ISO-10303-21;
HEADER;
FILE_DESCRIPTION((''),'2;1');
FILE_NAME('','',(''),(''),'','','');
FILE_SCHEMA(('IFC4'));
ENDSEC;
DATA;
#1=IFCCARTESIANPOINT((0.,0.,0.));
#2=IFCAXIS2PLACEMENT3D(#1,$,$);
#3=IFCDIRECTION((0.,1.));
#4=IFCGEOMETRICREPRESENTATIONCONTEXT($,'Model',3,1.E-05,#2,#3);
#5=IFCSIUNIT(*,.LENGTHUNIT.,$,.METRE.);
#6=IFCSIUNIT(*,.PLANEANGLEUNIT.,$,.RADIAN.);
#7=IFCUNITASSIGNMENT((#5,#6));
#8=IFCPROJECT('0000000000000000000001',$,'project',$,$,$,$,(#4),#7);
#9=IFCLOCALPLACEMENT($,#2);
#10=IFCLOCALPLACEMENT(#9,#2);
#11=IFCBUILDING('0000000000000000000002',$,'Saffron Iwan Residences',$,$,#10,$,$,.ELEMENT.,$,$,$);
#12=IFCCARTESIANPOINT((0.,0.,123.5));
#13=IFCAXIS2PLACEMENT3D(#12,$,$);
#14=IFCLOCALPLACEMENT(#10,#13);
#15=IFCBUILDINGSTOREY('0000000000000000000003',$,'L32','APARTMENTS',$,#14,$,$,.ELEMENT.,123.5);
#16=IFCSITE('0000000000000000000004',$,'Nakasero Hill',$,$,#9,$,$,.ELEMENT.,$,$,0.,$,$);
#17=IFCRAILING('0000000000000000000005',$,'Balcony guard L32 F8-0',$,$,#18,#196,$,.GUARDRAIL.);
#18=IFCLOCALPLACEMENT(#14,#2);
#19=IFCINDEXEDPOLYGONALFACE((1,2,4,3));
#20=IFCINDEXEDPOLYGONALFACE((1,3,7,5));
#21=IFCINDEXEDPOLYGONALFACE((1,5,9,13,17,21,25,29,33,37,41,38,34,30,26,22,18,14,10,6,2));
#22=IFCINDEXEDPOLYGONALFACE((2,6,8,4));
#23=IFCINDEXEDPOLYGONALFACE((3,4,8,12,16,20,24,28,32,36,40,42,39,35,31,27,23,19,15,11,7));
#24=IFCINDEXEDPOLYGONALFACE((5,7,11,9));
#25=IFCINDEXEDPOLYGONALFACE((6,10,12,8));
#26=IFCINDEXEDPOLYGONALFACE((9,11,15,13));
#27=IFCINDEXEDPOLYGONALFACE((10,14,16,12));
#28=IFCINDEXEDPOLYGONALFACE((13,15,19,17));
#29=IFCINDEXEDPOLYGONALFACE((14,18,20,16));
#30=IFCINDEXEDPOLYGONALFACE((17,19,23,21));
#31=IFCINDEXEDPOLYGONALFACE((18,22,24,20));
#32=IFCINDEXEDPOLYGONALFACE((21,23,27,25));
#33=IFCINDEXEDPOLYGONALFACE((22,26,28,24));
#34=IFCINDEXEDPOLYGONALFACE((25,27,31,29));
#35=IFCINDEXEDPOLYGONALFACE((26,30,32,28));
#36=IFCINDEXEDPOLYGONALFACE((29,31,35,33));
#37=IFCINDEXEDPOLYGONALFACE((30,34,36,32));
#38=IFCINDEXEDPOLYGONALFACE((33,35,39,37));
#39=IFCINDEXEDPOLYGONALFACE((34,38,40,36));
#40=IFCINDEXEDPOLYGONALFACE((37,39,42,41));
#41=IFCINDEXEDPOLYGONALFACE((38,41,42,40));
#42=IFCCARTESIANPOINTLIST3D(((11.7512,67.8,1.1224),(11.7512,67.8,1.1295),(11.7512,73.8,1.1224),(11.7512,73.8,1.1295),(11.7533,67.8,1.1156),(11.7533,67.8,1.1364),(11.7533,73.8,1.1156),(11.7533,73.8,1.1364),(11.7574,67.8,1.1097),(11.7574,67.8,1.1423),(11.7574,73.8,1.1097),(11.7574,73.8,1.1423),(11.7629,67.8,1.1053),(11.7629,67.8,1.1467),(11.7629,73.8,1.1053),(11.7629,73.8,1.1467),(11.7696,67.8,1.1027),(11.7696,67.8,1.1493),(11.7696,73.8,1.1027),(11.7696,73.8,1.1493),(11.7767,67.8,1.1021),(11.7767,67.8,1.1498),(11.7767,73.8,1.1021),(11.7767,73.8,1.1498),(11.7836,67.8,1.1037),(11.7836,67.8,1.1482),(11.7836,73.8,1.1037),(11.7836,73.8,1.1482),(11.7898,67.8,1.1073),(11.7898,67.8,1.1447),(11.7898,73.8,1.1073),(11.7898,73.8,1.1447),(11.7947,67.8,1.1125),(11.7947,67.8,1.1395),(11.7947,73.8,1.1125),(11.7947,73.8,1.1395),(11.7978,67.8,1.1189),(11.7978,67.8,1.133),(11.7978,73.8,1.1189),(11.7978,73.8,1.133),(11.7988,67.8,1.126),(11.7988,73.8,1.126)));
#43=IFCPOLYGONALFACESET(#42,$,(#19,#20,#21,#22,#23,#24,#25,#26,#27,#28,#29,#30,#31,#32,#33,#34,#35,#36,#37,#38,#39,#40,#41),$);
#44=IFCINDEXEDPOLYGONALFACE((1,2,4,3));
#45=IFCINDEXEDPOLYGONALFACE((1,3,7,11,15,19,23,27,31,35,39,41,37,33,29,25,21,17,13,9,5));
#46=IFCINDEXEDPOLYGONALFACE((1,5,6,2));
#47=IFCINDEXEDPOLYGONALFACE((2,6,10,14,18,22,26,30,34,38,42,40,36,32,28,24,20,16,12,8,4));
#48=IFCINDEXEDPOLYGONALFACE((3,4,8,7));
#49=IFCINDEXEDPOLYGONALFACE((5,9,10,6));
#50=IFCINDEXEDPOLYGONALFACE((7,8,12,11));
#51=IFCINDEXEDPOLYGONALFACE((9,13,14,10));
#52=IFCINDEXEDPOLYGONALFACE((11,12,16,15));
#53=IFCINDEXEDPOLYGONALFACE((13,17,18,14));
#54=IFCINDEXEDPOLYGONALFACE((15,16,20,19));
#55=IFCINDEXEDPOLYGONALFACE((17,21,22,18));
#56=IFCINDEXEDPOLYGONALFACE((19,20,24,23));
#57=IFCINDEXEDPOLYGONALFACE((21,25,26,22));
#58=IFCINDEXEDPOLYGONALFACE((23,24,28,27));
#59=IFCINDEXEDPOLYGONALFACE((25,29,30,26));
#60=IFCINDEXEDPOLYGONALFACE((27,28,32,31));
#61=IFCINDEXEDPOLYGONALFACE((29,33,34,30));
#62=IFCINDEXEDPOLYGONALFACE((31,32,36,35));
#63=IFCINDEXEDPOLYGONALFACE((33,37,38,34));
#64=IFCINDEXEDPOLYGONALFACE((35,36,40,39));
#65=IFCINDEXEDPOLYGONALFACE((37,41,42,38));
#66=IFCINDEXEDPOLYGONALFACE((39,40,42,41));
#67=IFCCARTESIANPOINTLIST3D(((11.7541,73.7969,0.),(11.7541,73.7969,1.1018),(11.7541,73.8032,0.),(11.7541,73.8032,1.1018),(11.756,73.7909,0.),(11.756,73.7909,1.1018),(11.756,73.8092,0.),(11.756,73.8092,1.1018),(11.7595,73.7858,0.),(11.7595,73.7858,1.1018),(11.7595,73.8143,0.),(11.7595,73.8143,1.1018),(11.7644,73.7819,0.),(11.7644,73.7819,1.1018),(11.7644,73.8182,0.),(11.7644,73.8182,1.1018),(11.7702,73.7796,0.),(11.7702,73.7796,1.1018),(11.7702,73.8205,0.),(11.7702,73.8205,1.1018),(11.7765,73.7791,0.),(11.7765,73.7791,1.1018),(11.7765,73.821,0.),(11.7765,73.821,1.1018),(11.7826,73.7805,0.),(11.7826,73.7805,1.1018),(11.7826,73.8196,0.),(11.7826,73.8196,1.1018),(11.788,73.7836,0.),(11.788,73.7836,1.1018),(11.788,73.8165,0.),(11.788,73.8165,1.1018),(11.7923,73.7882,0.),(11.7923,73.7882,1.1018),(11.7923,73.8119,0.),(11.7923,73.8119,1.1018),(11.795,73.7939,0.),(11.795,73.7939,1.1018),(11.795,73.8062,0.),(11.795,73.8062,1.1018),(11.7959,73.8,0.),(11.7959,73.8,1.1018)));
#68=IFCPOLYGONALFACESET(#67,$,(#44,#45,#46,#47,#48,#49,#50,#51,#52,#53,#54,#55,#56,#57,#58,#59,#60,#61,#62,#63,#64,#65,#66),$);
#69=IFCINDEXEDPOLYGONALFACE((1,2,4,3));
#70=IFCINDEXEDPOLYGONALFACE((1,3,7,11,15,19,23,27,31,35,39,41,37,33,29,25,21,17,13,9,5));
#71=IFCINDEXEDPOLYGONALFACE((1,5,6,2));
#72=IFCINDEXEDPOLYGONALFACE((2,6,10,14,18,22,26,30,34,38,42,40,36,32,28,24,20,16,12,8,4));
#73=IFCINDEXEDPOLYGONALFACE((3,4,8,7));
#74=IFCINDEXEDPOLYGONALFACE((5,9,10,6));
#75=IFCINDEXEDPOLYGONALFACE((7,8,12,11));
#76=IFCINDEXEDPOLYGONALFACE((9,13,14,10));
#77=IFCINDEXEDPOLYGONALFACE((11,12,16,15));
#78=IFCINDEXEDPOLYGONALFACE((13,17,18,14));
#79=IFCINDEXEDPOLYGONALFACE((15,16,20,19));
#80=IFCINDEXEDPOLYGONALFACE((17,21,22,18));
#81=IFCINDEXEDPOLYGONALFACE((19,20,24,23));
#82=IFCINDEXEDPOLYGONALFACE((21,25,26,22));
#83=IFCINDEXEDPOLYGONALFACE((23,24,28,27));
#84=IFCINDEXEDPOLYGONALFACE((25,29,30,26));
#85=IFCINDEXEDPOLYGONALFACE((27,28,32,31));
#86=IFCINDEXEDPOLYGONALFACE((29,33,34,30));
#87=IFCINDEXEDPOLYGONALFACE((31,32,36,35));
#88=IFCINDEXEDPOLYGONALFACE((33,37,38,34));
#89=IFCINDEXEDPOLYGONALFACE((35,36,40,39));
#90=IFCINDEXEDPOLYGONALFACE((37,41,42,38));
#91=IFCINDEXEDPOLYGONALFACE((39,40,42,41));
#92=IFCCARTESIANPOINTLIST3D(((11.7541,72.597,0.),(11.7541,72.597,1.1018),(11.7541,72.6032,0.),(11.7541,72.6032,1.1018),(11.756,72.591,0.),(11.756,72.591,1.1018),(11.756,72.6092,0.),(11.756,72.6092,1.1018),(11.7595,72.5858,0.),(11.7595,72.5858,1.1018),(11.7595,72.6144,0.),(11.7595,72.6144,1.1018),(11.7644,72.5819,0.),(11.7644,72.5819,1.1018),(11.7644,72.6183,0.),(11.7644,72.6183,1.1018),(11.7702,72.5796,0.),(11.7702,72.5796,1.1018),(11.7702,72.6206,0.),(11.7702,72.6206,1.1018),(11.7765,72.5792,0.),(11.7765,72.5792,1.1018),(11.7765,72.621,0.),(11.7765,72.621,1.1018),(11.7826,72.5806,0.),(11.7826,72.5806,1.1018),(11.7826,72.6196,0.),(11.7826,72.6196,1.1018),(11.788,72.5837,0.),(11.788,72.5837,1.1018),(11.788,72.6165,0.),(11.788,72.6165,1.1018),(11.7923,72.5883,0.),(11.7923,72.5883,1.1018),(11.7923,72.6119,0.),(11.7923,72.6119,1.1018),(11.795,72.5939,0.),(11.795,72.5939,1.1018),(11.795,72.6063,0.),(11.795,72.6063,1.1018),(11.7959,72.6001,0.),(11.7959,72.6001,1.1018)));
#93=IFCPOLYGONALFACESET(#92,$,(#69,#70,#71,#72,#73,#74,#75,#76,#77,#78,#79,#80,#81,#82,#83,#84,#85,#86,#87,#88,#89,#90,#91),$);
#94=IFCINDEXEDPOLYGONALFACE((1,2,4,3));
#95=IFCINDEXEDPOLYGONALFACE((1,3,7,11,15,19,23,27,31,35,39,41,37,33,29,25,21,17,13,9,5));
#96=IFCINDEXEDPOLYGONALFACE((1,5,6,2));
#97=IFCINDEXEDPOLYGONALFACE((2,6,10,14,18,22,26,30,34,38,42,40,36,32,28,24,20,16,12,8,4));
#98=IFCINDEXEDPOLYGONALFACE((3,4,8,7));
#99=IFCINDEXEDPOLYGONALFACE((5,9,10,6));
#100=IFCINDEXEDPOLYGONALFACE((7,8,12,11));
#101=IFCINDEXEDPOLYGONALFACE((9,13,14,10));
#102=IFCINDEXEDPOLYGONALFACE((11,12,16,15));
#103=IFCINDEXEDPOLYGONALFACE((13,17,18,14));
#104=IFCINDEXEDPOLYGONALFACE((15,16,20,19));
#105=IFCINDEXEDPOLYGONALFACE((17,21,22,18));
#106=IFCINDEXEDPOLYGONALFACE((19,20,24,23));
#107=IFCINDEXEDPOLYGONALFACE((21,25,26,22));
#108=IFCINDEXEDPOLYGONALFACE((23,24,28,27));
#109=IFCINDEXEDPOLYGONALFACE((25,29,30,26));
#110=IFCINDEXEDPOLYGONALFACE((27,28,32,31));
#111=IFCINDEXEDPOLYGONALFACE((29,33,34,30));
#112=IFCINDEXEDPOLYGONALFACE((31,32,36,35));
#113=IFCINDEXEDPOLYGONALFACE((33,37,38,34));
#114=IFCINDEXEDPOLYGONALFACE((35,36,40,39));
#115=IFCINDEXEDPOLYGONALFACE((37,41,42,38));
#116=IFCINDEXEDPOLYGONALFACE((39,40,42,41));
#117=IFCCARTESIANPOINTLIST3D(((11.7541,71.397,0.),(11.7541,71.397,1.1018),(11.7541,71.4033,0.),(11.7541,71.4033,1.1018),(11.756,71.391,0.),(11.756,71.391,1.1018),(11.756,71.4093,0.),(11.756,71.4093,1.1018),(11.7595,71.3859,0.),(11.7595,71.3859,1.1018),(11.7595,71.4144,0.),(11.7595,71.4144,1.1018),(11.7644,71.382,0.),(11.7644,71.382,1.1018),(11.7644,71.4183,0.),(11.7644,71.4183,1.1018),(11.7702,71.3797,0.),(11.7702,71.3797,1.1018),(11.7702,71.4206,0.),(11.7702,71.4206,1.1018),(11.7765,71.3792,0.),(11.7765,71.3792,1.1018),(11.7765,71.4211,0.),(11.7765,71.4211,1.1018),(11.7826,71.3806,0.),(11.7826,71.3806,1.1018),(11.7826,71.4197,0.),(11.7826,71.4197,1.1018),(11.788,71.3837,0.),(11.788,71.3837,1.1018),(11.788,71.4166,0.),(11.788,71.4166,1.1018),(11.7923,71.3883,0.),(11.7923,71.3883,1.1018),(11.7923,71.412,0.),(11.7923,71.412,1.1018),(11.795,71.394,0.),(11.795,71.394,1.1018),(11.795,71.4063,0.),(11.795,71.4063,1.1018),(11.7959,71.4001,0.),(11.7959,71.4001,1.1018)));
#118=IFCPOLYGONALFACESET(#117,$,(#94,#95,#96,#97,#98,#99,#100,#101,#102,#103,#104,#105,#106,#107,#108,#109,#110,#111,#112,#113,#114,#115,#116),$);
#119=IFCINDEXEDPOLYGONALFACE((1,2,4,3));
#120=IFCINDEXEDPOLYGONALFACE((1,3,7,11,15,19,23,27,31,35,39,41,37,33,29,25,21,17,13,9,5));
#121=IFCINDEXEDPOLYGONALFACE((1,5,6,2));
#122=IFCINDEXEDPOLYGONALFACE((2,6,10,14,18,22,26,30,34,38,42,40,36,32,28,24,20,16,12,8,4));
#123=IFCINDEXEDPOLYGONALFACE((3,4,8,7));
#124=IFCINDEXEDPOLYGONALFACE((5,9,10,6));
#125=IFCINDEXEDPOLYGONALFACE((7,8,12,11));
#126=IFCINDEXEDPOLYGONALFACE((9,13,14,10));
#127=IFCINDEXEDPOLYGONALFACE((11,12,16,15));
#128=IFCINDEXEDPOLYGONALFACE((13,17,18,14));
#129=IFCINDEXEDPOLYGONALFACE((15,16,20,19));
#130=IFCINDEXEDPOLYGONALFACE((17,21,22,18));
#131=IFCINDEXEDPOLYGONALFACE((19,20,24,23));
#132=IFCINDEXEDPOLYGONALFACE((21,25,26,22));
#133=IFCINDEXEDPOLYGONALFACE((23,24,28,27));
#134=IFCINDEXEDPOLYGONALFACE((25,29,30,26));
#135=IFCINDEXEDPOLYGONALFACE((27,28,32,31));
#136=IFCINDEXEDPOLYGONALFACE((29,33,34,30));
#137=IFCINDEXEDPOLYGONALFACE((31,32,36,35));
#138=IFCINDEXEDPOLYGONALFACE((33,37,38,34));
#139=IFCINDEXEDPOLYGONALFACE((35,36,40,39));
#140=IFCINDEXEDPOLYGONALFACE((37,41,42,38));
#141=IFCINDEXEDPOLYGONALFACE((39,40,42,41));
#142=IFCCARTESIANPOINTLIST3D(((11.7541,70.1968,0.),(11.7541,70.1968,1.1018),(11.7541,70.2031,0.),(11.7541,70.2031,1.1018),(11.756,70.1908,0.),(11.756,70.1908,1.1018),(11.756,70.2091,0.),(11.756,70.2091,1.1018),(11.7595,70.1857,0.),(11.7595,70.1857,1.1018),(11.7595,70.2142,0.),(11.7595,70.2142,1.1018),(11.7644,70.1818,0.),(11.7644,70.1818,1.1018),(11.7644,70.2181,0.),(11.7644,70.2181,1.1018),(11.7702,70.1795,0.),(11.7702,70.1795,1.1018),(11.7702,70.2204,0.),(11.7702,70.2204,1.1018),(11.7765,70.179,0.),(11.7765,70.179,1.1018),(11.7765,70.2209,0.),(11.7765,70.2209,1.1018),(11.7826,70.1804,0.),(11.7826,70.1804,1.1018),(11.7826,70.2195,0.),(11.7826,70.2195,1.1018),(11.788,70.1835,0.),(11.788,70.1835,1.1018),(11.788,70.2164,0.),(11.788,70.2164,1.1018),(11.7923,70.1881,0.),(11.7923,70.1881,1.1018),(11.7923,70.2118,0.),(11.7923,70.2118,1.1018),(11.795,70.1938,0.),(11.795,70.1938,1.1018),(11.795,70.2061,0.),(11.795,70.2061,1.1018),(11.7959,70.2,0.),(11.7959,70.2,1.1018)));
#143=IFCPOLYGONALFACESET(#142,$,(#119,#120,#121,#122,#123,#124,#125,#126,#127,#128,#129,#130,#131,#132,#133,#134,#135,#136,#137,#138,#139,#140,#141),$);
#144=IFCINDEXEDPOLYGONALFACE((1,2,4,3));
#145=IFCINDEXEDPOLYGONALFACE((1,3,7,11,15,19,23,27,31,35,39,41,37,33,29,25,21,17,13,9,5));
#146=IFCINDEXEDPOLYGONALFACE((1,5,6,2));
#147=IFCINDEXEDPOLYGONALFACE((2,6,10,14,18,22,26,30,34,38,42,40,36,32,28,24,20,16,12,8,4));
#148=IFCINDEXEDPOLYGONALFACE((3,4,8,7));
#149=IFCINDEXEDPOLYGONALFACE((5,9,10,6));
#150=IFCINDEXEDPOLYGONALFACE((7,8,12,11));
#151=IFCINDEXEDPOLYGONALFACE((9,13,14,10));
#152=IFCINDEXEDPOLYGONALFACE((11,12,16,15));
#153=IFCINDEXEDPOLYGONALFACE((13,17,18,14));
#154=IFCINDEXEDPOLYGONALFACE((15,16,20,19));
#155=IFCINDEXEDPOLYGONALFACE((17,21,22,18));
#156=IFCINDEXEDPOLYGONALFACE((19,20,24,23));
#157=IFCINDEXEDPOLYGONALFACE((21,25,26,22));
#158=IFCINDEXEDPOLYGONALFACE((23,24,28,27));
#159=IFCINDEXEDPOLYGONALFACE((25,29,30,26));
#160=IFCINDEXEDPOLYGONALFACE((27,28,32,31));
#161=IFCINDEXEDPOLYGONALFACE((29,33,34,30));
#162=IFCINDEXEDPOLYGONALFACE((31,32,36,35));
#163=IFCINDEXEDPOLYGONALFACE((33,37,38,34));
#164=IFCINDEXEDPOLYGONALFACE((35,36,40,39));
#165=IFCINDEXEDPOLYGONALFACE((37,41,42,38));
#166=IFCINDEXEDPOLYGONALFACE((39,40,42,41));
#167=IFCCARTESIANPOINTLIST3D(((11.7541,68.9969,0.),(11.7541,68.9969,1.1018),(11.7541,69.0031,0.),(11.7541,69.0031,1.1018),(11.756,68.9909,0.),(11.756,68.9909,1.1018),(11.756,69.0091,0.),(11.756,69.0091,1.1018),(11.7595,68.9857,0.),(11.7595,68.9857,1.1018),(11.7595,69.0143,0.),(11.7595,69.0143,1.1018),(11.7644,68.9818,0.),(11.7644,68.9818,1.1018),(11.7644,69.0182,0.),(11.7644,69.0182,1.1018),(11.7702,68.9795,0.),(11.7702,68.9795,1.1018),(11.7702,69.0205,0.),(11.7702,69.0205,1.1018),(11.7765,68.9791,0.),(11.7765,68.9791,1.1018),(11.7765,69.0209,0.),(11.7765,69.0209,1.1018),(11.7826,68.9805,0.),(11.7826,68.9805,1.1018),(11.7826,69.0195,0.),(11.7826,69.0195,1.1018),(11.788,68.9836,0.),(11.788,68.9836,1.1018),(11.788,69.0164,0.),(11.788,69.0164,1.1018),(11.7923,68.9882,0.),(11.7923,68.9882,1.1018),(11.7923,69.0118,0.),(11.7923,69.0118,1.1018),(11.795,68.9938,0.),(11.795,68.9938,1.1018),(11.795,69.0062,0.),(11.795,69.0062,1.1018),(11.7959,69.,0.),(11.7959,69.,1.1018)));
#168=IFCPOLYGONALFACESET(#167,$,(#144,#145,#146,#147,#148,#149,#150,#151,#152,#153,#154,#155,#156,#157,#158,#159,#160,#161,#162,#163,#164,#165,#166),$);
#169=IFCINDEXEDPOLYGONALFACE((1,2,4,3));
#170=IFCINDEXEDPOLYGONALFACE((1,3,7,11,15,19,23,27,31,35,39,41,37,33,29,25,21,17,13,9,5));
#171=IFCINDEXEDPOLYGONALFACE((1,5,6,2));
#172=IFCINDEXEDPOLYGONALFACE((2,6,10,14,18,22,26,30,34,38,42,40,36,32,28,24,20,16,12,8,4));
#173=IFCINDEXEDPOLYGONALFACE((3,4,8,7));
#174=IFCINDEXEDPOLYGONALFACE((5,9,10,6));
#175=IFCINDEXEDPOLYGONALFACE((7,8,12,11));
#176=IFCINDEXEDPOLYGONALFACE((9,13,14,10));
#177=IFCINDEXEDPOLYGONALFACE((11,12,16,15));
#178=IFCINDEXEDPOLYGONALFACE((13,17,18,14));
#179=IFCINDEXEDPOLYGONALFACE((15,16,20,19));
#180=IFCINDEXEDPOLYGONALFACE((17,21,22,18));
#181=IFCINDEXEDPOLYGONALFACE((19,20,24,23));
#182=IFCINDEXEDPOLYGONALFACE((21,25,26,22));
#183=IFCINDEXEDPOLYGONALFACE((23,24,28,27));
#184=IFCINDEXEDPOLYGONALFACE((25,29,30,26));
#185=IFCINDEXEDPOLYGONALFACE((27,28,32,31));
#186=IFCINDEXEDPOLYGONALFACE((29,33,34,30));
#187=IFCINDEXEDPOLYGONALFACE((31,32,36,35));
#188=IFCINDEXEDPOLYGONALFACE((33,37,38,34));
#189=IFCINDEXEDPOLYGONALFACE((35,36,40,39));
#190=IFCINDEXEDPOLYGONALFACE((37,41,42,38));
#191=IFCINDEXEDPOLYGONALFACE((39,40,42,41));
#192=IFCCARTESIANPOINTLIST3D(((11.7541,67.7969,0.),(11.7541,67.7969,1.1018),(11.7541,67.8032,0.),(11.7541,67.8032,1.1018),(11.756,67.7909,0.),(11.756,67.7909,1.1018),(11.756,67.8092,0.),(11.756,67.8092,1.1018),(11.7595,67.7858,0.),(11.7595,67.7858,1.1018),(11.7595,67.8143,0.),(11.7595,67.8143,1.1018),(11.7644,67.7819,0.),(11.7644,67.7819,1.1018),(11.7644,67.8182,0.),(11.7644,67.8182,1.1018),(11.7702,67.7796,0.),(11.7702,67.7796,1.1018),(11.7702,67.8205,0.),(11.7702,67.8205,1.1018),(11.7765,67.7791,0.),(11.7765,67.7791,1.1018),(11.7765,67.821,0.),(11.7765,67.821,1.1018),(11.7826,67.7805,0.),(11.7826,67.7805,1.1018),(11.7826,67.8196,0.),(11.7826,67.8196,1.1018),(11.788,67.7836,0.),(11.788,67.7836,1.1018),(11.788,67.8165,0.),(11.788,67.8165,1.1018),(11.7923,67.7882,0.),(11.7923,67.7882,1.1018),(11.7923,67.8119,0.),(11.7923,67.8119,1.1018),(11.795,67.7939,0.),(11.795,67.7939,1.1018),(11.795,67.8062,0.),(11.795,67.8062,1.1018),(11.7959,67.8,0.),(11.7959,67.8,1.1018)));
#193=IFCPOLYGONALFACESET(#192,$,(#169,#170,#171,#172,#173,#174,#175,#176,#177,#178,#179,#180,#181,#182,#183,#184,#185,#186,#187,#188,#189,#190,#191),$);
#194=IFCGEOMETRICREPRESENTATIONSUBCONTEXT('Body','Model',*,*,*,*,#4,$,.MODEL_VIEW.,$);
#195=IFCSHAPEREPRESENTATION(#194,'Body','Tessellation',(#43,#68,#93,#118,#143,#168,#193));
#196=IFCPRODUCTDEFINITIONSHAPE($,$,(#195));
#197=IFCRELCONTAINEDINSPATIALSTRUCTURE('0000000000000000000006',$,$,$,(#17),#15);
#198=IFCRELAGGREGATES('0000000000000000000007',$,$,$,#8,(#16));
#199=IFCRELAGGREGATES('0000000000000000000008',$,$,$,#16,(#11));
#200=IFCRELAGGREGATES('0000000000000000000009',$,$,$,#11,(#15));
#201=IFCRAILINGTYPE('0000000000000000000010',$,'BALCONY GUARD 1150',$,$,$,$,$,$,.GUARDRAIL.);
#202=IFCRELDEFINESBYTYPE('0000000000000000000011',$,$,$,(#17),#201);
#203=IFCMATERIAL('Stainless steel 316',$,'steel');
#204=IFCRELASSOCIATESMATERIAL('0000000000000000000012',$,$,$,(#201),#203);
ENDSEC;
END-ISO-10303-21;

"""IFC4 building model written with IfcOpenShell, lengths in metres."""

from ifc_helpers import new_model, si_unit, direction, frame, origin, origin_2d, place, context, subcontext, project, spatial, circle, extrude, material, type_object, element, save


model = new_model("IFC4")

# Units and contexts
model_context = context("Model", 3, precision=1e-05, world=origin(), true_north=direction((0.0, 1.0)))
body_context = subcontext(model_context, "Body", "Model", "MODEL_VIEW")
ifc_project = project(units=[si_unit("LENGTHUNIT", "METRE"), si_unit("PLANEANGLEUNIT", "RADIAN")], contexts=[model_context])

# Site, building, storey
site_placement = place(None, origin())
site = spatial("IfcSite", under=ifc_project, at=site_placement, Name="Nakasero Hill", CompositionType="ELEMENT", RefElevation=0.0)
building_placement = place(site_placement, origin())
building = spatial("IfcBuilding", under=site, at=building_placement, Name="Saffron Iwan Residences", CompositionType="ELEMENT")
storey_placement = place(building_placement, frame((0.0, 0.0, 123.5)))
storey = spatial("IfcBuildingStorey", under=building, at=storey_placement, Name="L32", Description="APARTMENTS", CompositionType="ELEMENT", Elevation=123.5)

# Railing
ifc_material_1 = material(Name="Stainless steel 316", Category="steel")
railing_type = type_object("IfcRailingType", Name="BALCONY GUARD 1150", PredefinedType="GUARDRAIL", material=ifc_material_1)
railing_placement = place(storey_placement, frame((11.7749, 73.8, 0.0)))
element("IfcRailing", 1, at=railing_placement, inside=storey, type_object=railing_type, Name="Balcony guard L32 F8-0", PredefinedType="GUARDRAIL", context=body_context, shape_type="SweptSolid", body=[
    extrude(circle(Radius=0.0239, at=origin_2d()), frame((0.0, 0.0, 1.126), z_axis=(0.0, -1.0, 0.0), x_axis=(1.0, 0.0, 0.0)), (0.0, 0.0, 1.0), 6.0),
    extrude(circle(Radius=0.021, at=origin_2d()), origin(), (0.0, 0.0, 1.0), 1.1018),
    extrude(circle(Radius=0.021, at=origin_2d()), frame((0.0, -1.2, 0.0)), (0.0, 0.0, 1.0), 1.1018),
    extrude(circle(Radius=0.021, at=origin_2d()), frame((0.0, -2.3999, 0.0)), (0.0, 0.0, 1.0), 1.1018),
    extrude(circle(Radius=0.021, at=origin_2d()), frame((0.0, -3.6001, 0.0)), (0.0, 0.0, 1.0), 1.1018),
    extrude(circle(Radius=0.021, at=origin_2d()), frame((0.0, -4.8, 0.0)), (0.0, 0.0, 1.0), 1.1018),
    extrude(circle(Radius=0.021, at=origin_2d()), frame((0.0, -6.0, 0.0)), (0.0, 0.0, 1.0), 1.1018),
])

save(model, "model.ifc")
